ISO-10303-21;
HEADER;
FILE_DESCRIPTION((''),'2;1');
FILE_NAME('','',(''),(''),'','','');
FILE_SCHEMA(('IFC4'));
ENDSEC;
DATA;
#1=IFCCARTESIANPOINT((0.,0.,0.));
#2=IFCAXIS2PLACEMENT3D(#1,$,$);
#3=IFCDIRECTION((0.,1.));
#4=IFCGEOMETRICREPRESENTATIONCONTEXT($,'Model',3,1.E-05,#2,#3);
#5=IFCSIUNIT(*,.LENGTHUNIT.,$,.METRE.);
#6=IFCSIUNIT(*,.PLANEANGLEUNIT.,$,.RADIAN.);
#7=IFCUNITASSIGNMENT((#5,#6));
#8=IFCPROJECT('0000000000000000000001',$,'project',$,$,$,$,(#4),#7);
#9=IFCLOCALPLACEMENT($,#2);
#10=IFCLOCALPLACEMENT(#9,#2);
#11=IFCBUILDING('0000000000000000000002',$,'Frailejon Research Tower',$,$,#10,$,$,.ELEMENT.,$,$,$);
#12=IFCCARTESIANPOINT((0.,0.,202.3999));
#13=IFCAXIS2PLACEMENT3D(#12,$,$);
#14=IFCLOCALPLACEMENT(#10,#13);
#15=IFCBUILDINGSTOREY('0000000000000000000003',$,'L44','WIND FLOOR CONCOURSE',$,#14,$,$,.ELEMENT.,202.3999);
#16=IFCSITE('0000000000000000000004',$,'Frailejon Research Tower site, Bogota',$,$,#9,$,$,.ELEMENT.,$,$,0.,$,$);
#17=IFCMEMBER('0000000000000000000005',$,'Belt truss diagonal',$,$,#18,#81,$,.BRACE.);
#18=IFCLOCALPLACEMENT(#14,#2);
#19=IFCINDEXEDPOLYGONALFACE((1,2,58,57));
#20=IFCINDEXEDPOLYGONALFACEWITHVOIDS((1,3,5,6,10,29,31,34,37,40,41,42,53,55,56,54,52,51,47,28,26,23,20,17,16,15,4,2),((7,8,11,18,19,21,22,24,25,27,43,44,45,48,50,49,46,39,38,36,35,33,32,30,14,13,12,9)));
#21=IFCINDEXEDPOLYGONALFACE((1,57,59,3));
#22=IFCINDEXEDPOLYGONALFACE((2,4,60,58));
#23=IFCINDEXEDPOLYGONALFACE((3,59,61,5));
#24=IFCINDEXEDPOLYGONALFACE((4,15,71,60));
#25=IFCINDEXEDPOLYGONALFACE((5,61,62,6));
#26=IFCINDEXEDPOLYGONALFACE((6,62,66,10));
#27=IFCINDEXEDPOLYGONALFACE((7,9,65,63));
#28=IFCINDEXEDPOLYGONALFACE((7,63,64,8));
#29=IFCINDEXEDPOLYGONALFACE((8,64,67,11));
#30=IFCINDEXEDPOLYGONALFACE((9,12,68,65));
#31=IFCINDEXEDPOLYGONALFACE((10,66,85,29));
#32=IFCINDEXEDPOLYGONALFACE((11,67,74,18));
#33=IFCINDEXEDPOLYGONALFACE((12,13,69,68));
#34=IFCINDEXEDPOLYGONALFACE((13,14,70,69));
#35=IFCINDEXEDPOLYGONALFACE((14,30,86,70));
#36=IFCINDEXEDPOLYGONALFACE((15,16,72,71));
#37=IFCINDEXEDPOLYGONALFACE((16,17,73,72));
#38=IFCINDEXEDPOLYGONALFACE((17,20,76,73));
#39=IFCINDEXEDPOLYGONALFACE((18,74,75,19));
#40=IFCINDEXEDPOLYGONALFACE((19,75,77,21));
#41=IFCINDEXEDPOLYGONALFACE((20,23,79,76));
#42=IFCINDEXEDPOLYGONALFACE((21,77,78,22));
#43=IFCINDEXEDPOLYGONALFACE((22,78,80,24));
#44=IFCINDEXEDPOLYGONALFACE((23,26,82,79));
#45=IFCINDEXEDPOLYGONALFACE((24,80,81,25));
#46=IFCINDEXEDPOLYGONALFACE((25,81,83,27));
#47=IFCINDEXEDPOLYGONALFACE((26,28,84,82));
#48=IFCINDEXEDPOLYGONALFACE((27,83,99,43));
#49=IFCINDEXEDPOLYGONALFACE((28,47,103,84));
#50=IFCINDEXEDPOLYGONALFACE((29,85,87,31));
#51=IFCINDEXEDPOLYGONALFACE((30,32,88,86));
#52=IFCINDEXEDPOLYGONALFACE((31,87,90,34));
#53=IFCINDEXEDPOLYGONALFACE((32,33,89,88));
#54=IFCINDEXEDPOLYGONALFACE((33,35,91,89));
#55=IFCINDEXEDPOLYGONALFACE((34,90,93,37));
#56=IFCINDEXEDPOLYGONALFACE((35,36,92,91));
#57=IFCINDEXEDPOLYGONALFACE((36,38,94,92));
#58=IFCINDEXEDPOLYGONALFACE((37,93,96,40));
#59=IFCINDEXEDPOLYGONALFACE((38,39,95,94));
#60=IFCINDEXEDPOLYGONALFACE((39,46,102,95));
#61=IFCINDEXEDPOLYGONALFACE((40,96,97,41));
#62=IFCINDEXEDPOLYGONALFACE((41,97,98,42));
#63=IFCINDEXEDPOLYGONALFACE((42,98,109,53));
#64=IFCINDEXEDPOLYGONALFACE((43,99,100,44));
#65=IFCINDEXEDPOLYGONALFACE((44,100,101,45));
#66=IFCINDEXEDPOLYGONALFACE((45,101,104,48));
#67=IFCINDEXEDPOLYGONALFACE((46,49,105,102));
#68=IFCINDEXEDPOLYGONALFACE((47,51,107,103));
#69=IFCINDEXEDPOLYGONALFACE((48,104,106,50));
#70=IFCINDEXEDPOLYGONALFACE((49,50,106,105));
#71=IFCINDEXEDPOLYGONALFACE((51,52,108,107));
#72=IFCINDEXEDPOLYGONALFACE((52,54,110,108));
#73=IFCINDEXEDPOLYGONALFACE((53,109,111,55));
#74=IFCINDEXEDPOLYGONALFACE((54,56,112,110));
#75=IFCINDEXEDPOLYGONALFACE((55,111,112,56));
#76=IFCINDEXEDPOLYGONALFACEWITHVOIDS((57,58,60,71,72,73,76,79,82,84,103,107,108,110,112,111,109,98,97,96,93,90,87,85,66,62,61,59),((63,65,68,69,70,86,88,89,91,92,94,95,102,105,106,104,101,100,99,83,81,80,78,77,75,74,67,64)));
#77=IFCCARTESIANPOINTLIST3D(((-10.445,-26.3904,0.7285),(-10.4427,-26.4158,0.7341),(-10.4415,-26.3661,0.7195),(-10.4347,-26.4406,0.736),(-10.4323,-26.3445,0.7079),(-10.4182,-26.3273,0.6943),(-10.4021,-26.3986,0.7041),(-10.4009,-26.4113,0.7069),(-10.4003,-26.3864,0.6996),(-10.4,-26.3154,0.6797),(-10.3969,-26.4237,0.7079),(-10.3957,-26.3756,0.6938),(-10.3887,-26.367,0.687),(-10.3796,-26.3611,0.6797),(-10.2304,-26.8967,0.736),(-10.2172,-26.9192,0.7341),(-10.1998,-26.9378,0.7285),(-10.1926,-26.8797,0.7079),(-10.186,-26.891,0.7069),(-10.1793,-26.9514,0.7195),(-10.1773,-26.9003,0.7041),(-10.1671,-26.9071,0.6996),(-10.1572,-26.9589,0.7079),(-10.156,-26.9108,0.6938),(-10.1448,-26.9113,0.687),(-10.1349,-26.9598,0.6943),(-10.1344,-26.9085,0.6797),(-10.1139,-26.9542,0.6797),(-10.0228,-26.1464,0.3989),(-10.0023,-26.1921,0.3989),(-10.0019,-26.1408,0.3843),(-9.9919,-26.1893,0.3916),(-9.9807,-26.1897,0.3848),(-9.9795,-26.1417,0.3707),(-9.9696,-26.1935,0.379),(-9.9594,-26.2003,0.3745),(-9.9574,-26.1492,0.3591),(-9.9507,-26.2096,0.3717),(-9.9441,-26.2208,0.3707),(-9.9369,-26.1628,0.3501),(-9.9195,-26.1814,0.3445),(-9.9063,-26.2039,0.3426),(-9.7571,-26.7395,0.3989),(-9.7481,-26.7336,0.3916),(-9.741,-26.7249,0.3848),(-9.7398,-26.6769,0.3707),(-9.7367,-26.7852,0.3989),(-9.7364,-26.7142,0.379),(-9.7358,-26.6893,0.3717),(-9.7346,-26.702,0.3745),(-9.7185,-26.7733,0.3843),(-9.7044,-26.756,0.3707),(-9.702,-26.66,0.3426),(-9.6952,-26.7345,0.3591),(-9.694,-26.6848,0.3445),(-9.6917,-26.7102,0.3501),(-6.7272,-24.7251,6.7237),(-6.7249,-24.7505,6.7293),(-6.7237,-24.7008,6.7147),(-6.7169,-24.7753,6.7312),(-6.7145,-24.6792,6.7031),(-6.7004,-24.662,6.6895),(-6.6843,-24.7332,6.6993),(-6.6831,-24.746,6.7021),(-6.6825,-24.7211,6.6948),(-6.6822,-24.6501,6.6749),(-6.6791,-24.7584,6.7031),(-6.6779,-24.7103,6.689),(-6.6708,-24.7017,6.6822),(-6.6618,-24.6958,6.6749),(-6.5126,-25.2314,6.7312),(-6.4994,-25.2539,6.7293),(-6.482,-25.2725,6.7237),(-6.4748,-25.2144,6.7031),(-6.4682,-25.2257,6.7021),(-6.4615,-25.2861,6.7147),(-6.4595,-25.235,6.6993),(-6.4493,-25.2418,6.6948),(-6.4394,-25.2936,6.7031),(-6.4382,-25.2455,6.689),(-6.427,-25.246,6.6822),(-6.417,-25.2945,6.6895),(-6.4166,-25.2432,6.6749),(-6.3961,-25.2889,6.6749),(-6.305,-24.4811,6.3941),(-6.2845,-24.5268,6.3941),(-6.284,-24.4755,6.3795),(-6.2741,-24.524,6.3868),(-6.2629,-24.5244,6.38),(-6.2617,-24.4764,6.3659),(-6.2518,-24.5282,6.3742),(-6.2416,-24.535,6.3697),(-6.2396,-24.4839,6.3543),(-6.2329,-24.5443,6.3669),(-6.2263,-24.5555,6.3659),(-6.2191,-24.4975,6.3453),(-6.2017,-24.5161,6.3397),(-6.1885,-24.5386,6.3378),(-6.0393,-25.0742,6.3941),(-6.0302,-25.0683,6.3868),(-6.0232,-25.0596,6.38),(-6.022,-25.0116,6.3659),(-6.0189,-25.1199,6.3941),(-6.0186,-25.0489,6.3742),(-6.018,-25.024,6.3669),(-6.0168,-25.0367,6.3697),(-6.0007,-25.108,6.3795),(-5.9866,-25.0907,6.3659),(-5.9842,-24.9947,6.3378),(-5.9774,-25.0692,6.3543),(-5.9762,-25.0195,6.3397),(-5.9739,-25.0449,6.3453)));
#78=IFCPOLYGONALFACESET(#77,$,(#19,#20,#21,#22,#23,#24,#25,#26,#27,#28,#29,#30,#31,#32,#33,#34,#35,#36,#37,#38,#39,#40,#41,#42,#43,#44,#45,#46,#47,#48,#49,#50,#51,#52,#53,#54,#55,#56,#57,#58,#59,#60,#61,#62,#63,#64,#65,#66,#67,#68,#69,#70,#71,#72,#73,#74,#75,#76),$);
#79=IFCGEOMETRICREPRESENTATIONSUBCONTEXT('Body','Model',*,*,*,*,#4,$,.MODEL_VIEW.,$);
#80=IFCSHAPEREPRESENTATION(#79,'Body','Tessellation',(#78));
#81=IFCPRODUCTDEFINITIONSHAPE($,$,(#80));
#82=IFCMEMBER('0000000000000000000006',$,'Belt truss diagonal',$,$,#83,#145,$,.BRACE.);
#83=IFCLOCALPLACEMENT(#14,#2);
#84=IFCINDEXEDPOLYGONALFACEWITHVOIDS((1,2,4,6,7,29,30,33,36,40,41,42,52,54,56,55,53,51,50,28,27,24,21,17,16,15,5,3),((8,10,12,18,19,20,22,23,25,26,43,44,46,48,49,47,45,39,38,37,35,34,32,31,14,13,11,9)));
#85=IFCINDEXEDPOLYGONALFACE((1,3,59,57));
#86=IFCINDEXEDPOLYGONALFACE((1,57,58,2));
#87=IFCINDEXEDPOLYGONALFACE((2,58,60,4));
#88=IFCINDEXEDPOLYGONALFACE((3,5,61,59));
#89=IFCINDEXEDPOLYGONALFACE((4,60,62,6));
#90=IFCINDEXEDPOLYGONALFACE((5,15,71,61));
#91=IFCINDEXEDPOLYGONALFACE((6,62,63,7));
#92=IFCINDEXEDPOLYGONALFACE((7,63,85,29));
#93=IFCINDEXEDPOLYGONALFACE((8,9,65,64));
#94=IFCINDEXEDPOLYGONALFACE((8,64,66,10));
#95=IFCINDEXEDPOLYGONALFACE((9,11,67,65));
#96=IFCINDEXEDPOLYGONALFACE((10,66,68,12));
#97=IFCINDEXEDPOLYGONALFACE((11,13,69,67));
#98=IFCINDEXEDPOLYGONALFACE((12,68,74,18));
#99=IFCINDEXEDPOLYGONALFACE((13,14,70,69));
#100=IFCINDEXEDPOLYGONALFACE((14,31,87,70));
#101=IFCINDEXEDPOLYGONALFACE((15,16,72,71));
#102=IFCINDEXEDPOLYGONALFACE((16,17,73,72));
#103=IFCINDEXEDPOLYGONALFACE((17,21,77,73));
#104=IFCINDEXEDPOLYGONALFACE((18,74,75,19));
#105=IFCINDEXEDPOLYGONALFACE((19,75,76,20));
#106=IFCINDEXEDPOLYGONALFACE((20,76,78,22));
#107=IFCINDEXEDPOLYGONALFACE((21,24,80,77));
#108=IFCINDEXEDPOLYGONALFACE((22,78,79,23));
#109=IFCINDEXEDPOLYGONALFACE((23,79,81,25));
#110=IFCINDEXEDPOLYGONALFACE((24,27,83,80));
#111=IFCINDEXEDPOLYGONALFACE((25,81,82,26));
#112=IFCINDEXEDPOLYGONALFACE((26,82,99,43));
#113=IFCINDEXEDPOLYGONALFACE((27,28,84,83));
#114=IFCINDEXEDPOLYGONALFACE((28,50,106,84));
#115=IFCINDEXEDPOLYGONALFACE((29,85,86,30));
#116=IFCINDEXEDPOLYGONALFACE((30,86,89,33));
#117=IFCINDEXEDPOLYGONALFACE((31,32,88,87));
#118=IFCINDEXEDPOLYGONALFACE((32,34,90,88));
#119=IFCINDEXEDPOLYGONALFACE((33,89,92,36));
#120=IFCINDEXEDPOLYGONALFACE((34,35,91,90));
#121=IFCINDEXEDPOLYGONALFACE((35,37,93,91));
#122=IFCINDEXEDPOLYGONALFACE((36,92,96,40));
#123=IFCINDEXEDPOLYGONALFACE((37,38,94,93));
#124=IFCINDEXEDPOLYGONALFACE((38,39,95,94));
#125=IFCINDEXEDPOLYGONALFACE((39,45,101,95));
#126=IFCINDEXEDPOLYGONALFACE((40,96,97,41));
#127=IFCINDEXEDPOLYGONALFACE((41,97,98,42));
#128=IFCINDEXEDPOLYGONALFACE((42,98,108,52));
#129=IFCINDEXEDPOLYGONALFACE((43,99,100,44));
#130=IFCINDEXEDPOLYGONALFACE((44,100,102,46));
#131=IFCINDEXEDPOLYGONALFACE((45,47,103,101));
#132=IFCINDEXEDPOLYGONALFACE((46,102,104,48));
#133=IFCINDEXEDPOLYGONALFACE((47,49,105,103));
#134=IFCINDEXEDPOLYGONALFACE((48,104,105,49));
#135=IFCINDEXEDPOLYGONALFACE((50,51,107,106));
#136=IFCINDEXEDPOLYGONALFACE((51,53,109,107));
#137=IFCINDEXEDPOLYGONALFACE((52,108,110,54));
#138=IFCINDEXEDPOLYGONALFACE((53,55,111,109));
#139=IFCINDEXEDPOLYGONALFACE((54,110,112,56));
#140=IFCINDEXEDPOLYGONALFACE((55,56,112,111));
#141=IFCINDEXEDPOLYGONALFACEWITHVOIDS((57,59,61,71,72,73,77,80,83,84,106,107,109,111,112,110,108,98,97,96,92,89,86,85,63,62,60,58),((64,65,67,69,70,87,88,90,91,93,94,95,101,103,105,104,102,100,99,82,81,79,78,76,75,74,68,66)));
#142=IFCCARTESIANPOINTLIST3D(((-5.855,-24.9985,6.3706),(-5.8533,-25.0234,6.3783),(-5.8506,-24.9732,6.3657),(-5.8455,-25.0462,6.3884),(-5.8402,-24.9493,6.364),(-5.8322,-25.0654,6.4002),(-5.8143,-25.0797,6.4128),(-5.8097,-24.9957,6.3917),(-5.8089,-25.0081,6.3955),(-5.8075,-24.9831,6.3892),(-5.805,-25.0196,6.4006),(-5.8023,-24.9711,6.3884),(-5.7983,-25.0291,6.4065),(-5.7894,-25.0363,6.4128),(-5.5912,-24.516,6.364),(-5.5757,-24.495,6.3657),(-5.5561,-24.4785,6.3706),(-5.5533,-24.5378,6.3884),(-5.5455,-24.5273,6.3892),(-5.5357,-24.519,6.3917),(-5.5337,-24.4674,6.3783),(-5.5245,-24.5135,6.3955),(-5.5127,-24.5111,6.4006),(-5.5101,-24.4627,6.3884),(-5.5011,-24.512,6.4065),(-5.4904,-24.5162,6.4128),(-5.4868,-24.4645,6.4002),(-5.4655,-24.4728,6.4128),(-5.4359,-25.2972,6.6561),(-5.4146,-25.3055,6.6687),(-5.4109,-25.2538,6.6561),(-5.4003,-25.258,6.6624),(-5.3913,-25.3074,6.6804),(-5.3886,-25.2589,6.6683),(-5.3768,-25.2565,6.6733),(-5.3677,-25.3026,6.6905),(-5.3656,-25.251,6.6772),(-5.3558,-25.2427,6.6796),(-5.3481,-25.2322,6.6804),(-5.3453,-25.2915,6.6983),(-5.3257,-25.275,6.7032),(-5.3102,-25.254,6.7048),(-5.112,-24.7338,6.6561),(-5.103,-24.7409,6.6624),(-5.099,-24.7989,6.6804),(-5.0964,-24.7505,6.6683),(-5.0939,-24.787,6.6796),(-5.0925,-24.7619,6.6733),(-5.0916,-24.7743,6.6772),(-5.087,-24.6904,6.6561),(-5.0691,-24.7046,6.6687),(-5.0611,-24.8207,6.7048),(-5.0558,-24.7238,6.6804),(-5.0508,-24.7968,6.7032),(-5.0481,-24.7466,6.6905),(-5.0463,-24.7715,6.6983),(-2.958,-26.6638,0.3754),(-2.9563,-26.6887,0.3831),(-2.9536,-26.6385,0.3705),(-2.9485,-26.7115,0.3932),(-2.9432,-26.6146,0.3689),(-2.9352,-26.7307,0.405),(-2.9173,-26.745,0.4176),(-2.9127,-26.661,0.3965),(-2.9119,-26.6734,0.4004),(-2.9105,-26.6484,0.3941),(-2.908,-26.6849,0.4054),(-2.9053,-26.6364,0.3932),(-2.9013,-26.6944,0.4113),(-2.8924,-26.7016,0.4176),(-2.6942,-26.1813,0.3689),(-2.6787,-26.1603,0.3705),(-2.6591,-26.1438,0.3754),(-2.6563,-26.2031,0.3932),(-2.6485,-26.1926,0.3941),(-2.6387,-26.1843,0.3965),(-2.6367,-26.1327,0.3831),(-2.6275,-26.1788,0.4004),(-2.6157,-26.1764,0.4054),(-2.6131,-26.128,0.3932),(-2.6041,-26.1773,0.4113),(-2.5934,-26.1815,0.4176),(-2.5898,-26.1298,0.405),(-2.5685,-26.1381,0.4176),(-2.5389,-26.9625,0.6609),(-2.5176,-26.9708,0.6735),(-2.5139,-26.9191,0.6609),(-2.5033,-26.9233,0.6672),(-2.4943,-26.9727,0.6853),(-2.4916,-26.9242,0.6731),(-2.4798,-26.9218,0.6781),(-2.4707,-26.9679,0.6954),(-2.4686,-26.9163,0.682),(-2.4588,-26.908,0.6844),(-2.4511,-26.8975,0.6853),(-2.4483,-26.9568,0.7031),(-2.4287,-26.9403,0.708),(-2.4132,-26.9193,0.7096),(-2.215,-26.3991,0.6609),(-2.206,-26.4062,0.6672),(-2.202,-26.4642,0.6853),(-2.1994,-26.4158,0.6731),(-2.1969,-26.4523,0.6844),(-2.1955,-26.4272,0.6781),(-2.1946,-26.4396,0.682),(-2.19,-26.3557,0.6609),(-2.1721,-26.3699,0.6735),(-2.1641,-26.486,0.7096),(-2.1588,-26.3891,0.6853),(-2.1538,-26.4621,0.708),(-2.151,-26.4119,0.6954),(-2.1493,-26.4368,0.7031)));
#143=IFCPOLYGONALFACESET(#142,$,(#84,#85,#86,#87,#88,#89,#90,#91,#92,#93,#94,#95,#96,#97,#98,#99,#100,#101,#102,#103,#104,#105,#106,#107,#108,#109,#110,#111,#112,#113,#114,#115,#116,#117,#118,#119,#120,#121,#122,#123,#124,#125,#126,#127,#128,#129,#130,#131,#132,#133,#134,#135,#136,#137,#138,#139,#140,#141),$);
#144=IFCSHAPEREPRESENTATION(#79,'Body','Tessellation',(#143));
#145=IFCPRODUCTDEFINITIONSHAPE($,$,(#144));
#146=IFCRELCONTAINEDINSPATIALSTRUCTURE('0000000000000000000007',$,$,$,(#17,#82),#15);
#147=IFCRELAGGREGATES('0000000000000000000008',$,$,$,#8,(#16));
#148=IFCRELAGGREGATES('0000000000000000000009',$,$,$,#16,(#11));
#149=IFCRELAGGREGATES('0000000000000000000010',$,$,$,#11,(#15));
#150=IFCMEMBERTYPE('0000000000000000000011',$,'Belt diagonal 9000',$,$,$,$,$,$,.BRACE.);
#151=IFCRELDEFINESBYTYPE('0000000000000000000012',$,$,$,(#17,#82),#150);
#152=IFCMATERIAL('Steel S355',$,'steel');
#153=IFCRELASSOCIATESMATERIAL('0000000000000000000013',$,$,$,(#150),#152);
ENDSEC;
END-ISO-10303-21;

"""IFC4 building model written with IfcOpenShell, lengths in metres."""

from ifc_helpers import new_model, si_unit, direction, frame, origin, origin_2d, place, context, subcontext, project, spatial, hollow_rectangle, extrude, material, material_profile, profile_set, type_object, element, save


model = new_model("IFC4")

# Units and contexts
model_context = context("Model", 3, precision=1e-05, world=origin(), true_north=direction((0.0, 1.0)))
body_context = subcontext(model_context, "Body", "Model", "MODEL_VIEW")
ifc_project = project(units=[si_unit("LENGTHUNIT", "METRE"), si_unit("PLANEANGLEUNIT", "RADIAN")], contexts=[model_context])

# Site, building, storey
site_placement = place(None, origin())
site = spatial("IfcSite", under=ifc_project, at=site_placement, Name="Frailejon Research Tower site, Bogota", CompositionType="ELEMENT", RefElevation=0.0)
building_placement = place(site_placement, origin())
building = spatial("IfcBuilding", under=site, at=building_placement, Name="Frailejon Research Tower", CompositionType="ELEMENT")
storey_placement = place(building_placement, frame((0.0, 0.0, 202.3999)))
storey = spatial("IfcBuildingStorey", under=building, at=storey_placement, Name="L44", Description="WIND FLOOR CONCOURSE", CompositionType="ELEMENT", Elevation=202.3999)

# Members
ifc_material_1 = material(Name="Steel S355", Category="steel")
ifc_material_profile_1 = material_profile(ifc_material_1, hollow_rectangle(XDim=0.7, YDim=0.7, WallThickness=0.05, InnerFilletRadius=0.05, OuterFilletRadius=0.1001, at=origin_2d()), Name="Belt diagonal 9000")
ifc_profile_set_1 = profile_set([ifc_material_profile_1], Name="Steel S355")
member_type = type_object("IfcMemberType", Name="Belt diagonal 9000", PredefinedType="BRACE", material=ifc_profile_set_1)
member_1_placement = place(storey_placement, frame((-10.0684, -26.5503, 0.5393), z_axis=(0.512924, 0.229751, 0.827118), x_axis=(-0.408789, 0.912629, 0.0)))
element("IfcMember", 1, at=member_1_placement, inside=storey, type_object=member_type, Name="Belt truss diagonal", PredefinedType="BRACE", context=body_context, shape_type="SweptSolid", body=[
    extrude(hollow_rectangle(XDim=0.7, YDim=0.7, WallThickness=0.05, InnerFilletRadius=0.05, OuterFilletRadius=0.1001, at=origin_2d()), origin(), (0.0, 0.0, 1.0), 7.2483),
])
member_2_placement = place(storey_placement, frame((-5.4507, -24.885, 6.5344), z_axis=(0.422086, -0.24263, -0.873484), x_axis=(0.498364, 0.866968, 0.0)))
element("IfcMember", 2, at=member_2_placement, inside=storey, type_object=member_type, Name="Belt truss diagonal", PredefinedType="BRACE", context=body_context, shape_type="SweptSolid", body=[
    extrude(hollow_rectangle(XDim=0.7, YDim=0.7, WallThickness=0.05, InnerFilletRadius=0.05, OuterFilletRadius=0.1001, at=origin_2d()), origin(), (0.0, 0.0, 1.0), 6.8635),
])

save(model, "model.ifc")
